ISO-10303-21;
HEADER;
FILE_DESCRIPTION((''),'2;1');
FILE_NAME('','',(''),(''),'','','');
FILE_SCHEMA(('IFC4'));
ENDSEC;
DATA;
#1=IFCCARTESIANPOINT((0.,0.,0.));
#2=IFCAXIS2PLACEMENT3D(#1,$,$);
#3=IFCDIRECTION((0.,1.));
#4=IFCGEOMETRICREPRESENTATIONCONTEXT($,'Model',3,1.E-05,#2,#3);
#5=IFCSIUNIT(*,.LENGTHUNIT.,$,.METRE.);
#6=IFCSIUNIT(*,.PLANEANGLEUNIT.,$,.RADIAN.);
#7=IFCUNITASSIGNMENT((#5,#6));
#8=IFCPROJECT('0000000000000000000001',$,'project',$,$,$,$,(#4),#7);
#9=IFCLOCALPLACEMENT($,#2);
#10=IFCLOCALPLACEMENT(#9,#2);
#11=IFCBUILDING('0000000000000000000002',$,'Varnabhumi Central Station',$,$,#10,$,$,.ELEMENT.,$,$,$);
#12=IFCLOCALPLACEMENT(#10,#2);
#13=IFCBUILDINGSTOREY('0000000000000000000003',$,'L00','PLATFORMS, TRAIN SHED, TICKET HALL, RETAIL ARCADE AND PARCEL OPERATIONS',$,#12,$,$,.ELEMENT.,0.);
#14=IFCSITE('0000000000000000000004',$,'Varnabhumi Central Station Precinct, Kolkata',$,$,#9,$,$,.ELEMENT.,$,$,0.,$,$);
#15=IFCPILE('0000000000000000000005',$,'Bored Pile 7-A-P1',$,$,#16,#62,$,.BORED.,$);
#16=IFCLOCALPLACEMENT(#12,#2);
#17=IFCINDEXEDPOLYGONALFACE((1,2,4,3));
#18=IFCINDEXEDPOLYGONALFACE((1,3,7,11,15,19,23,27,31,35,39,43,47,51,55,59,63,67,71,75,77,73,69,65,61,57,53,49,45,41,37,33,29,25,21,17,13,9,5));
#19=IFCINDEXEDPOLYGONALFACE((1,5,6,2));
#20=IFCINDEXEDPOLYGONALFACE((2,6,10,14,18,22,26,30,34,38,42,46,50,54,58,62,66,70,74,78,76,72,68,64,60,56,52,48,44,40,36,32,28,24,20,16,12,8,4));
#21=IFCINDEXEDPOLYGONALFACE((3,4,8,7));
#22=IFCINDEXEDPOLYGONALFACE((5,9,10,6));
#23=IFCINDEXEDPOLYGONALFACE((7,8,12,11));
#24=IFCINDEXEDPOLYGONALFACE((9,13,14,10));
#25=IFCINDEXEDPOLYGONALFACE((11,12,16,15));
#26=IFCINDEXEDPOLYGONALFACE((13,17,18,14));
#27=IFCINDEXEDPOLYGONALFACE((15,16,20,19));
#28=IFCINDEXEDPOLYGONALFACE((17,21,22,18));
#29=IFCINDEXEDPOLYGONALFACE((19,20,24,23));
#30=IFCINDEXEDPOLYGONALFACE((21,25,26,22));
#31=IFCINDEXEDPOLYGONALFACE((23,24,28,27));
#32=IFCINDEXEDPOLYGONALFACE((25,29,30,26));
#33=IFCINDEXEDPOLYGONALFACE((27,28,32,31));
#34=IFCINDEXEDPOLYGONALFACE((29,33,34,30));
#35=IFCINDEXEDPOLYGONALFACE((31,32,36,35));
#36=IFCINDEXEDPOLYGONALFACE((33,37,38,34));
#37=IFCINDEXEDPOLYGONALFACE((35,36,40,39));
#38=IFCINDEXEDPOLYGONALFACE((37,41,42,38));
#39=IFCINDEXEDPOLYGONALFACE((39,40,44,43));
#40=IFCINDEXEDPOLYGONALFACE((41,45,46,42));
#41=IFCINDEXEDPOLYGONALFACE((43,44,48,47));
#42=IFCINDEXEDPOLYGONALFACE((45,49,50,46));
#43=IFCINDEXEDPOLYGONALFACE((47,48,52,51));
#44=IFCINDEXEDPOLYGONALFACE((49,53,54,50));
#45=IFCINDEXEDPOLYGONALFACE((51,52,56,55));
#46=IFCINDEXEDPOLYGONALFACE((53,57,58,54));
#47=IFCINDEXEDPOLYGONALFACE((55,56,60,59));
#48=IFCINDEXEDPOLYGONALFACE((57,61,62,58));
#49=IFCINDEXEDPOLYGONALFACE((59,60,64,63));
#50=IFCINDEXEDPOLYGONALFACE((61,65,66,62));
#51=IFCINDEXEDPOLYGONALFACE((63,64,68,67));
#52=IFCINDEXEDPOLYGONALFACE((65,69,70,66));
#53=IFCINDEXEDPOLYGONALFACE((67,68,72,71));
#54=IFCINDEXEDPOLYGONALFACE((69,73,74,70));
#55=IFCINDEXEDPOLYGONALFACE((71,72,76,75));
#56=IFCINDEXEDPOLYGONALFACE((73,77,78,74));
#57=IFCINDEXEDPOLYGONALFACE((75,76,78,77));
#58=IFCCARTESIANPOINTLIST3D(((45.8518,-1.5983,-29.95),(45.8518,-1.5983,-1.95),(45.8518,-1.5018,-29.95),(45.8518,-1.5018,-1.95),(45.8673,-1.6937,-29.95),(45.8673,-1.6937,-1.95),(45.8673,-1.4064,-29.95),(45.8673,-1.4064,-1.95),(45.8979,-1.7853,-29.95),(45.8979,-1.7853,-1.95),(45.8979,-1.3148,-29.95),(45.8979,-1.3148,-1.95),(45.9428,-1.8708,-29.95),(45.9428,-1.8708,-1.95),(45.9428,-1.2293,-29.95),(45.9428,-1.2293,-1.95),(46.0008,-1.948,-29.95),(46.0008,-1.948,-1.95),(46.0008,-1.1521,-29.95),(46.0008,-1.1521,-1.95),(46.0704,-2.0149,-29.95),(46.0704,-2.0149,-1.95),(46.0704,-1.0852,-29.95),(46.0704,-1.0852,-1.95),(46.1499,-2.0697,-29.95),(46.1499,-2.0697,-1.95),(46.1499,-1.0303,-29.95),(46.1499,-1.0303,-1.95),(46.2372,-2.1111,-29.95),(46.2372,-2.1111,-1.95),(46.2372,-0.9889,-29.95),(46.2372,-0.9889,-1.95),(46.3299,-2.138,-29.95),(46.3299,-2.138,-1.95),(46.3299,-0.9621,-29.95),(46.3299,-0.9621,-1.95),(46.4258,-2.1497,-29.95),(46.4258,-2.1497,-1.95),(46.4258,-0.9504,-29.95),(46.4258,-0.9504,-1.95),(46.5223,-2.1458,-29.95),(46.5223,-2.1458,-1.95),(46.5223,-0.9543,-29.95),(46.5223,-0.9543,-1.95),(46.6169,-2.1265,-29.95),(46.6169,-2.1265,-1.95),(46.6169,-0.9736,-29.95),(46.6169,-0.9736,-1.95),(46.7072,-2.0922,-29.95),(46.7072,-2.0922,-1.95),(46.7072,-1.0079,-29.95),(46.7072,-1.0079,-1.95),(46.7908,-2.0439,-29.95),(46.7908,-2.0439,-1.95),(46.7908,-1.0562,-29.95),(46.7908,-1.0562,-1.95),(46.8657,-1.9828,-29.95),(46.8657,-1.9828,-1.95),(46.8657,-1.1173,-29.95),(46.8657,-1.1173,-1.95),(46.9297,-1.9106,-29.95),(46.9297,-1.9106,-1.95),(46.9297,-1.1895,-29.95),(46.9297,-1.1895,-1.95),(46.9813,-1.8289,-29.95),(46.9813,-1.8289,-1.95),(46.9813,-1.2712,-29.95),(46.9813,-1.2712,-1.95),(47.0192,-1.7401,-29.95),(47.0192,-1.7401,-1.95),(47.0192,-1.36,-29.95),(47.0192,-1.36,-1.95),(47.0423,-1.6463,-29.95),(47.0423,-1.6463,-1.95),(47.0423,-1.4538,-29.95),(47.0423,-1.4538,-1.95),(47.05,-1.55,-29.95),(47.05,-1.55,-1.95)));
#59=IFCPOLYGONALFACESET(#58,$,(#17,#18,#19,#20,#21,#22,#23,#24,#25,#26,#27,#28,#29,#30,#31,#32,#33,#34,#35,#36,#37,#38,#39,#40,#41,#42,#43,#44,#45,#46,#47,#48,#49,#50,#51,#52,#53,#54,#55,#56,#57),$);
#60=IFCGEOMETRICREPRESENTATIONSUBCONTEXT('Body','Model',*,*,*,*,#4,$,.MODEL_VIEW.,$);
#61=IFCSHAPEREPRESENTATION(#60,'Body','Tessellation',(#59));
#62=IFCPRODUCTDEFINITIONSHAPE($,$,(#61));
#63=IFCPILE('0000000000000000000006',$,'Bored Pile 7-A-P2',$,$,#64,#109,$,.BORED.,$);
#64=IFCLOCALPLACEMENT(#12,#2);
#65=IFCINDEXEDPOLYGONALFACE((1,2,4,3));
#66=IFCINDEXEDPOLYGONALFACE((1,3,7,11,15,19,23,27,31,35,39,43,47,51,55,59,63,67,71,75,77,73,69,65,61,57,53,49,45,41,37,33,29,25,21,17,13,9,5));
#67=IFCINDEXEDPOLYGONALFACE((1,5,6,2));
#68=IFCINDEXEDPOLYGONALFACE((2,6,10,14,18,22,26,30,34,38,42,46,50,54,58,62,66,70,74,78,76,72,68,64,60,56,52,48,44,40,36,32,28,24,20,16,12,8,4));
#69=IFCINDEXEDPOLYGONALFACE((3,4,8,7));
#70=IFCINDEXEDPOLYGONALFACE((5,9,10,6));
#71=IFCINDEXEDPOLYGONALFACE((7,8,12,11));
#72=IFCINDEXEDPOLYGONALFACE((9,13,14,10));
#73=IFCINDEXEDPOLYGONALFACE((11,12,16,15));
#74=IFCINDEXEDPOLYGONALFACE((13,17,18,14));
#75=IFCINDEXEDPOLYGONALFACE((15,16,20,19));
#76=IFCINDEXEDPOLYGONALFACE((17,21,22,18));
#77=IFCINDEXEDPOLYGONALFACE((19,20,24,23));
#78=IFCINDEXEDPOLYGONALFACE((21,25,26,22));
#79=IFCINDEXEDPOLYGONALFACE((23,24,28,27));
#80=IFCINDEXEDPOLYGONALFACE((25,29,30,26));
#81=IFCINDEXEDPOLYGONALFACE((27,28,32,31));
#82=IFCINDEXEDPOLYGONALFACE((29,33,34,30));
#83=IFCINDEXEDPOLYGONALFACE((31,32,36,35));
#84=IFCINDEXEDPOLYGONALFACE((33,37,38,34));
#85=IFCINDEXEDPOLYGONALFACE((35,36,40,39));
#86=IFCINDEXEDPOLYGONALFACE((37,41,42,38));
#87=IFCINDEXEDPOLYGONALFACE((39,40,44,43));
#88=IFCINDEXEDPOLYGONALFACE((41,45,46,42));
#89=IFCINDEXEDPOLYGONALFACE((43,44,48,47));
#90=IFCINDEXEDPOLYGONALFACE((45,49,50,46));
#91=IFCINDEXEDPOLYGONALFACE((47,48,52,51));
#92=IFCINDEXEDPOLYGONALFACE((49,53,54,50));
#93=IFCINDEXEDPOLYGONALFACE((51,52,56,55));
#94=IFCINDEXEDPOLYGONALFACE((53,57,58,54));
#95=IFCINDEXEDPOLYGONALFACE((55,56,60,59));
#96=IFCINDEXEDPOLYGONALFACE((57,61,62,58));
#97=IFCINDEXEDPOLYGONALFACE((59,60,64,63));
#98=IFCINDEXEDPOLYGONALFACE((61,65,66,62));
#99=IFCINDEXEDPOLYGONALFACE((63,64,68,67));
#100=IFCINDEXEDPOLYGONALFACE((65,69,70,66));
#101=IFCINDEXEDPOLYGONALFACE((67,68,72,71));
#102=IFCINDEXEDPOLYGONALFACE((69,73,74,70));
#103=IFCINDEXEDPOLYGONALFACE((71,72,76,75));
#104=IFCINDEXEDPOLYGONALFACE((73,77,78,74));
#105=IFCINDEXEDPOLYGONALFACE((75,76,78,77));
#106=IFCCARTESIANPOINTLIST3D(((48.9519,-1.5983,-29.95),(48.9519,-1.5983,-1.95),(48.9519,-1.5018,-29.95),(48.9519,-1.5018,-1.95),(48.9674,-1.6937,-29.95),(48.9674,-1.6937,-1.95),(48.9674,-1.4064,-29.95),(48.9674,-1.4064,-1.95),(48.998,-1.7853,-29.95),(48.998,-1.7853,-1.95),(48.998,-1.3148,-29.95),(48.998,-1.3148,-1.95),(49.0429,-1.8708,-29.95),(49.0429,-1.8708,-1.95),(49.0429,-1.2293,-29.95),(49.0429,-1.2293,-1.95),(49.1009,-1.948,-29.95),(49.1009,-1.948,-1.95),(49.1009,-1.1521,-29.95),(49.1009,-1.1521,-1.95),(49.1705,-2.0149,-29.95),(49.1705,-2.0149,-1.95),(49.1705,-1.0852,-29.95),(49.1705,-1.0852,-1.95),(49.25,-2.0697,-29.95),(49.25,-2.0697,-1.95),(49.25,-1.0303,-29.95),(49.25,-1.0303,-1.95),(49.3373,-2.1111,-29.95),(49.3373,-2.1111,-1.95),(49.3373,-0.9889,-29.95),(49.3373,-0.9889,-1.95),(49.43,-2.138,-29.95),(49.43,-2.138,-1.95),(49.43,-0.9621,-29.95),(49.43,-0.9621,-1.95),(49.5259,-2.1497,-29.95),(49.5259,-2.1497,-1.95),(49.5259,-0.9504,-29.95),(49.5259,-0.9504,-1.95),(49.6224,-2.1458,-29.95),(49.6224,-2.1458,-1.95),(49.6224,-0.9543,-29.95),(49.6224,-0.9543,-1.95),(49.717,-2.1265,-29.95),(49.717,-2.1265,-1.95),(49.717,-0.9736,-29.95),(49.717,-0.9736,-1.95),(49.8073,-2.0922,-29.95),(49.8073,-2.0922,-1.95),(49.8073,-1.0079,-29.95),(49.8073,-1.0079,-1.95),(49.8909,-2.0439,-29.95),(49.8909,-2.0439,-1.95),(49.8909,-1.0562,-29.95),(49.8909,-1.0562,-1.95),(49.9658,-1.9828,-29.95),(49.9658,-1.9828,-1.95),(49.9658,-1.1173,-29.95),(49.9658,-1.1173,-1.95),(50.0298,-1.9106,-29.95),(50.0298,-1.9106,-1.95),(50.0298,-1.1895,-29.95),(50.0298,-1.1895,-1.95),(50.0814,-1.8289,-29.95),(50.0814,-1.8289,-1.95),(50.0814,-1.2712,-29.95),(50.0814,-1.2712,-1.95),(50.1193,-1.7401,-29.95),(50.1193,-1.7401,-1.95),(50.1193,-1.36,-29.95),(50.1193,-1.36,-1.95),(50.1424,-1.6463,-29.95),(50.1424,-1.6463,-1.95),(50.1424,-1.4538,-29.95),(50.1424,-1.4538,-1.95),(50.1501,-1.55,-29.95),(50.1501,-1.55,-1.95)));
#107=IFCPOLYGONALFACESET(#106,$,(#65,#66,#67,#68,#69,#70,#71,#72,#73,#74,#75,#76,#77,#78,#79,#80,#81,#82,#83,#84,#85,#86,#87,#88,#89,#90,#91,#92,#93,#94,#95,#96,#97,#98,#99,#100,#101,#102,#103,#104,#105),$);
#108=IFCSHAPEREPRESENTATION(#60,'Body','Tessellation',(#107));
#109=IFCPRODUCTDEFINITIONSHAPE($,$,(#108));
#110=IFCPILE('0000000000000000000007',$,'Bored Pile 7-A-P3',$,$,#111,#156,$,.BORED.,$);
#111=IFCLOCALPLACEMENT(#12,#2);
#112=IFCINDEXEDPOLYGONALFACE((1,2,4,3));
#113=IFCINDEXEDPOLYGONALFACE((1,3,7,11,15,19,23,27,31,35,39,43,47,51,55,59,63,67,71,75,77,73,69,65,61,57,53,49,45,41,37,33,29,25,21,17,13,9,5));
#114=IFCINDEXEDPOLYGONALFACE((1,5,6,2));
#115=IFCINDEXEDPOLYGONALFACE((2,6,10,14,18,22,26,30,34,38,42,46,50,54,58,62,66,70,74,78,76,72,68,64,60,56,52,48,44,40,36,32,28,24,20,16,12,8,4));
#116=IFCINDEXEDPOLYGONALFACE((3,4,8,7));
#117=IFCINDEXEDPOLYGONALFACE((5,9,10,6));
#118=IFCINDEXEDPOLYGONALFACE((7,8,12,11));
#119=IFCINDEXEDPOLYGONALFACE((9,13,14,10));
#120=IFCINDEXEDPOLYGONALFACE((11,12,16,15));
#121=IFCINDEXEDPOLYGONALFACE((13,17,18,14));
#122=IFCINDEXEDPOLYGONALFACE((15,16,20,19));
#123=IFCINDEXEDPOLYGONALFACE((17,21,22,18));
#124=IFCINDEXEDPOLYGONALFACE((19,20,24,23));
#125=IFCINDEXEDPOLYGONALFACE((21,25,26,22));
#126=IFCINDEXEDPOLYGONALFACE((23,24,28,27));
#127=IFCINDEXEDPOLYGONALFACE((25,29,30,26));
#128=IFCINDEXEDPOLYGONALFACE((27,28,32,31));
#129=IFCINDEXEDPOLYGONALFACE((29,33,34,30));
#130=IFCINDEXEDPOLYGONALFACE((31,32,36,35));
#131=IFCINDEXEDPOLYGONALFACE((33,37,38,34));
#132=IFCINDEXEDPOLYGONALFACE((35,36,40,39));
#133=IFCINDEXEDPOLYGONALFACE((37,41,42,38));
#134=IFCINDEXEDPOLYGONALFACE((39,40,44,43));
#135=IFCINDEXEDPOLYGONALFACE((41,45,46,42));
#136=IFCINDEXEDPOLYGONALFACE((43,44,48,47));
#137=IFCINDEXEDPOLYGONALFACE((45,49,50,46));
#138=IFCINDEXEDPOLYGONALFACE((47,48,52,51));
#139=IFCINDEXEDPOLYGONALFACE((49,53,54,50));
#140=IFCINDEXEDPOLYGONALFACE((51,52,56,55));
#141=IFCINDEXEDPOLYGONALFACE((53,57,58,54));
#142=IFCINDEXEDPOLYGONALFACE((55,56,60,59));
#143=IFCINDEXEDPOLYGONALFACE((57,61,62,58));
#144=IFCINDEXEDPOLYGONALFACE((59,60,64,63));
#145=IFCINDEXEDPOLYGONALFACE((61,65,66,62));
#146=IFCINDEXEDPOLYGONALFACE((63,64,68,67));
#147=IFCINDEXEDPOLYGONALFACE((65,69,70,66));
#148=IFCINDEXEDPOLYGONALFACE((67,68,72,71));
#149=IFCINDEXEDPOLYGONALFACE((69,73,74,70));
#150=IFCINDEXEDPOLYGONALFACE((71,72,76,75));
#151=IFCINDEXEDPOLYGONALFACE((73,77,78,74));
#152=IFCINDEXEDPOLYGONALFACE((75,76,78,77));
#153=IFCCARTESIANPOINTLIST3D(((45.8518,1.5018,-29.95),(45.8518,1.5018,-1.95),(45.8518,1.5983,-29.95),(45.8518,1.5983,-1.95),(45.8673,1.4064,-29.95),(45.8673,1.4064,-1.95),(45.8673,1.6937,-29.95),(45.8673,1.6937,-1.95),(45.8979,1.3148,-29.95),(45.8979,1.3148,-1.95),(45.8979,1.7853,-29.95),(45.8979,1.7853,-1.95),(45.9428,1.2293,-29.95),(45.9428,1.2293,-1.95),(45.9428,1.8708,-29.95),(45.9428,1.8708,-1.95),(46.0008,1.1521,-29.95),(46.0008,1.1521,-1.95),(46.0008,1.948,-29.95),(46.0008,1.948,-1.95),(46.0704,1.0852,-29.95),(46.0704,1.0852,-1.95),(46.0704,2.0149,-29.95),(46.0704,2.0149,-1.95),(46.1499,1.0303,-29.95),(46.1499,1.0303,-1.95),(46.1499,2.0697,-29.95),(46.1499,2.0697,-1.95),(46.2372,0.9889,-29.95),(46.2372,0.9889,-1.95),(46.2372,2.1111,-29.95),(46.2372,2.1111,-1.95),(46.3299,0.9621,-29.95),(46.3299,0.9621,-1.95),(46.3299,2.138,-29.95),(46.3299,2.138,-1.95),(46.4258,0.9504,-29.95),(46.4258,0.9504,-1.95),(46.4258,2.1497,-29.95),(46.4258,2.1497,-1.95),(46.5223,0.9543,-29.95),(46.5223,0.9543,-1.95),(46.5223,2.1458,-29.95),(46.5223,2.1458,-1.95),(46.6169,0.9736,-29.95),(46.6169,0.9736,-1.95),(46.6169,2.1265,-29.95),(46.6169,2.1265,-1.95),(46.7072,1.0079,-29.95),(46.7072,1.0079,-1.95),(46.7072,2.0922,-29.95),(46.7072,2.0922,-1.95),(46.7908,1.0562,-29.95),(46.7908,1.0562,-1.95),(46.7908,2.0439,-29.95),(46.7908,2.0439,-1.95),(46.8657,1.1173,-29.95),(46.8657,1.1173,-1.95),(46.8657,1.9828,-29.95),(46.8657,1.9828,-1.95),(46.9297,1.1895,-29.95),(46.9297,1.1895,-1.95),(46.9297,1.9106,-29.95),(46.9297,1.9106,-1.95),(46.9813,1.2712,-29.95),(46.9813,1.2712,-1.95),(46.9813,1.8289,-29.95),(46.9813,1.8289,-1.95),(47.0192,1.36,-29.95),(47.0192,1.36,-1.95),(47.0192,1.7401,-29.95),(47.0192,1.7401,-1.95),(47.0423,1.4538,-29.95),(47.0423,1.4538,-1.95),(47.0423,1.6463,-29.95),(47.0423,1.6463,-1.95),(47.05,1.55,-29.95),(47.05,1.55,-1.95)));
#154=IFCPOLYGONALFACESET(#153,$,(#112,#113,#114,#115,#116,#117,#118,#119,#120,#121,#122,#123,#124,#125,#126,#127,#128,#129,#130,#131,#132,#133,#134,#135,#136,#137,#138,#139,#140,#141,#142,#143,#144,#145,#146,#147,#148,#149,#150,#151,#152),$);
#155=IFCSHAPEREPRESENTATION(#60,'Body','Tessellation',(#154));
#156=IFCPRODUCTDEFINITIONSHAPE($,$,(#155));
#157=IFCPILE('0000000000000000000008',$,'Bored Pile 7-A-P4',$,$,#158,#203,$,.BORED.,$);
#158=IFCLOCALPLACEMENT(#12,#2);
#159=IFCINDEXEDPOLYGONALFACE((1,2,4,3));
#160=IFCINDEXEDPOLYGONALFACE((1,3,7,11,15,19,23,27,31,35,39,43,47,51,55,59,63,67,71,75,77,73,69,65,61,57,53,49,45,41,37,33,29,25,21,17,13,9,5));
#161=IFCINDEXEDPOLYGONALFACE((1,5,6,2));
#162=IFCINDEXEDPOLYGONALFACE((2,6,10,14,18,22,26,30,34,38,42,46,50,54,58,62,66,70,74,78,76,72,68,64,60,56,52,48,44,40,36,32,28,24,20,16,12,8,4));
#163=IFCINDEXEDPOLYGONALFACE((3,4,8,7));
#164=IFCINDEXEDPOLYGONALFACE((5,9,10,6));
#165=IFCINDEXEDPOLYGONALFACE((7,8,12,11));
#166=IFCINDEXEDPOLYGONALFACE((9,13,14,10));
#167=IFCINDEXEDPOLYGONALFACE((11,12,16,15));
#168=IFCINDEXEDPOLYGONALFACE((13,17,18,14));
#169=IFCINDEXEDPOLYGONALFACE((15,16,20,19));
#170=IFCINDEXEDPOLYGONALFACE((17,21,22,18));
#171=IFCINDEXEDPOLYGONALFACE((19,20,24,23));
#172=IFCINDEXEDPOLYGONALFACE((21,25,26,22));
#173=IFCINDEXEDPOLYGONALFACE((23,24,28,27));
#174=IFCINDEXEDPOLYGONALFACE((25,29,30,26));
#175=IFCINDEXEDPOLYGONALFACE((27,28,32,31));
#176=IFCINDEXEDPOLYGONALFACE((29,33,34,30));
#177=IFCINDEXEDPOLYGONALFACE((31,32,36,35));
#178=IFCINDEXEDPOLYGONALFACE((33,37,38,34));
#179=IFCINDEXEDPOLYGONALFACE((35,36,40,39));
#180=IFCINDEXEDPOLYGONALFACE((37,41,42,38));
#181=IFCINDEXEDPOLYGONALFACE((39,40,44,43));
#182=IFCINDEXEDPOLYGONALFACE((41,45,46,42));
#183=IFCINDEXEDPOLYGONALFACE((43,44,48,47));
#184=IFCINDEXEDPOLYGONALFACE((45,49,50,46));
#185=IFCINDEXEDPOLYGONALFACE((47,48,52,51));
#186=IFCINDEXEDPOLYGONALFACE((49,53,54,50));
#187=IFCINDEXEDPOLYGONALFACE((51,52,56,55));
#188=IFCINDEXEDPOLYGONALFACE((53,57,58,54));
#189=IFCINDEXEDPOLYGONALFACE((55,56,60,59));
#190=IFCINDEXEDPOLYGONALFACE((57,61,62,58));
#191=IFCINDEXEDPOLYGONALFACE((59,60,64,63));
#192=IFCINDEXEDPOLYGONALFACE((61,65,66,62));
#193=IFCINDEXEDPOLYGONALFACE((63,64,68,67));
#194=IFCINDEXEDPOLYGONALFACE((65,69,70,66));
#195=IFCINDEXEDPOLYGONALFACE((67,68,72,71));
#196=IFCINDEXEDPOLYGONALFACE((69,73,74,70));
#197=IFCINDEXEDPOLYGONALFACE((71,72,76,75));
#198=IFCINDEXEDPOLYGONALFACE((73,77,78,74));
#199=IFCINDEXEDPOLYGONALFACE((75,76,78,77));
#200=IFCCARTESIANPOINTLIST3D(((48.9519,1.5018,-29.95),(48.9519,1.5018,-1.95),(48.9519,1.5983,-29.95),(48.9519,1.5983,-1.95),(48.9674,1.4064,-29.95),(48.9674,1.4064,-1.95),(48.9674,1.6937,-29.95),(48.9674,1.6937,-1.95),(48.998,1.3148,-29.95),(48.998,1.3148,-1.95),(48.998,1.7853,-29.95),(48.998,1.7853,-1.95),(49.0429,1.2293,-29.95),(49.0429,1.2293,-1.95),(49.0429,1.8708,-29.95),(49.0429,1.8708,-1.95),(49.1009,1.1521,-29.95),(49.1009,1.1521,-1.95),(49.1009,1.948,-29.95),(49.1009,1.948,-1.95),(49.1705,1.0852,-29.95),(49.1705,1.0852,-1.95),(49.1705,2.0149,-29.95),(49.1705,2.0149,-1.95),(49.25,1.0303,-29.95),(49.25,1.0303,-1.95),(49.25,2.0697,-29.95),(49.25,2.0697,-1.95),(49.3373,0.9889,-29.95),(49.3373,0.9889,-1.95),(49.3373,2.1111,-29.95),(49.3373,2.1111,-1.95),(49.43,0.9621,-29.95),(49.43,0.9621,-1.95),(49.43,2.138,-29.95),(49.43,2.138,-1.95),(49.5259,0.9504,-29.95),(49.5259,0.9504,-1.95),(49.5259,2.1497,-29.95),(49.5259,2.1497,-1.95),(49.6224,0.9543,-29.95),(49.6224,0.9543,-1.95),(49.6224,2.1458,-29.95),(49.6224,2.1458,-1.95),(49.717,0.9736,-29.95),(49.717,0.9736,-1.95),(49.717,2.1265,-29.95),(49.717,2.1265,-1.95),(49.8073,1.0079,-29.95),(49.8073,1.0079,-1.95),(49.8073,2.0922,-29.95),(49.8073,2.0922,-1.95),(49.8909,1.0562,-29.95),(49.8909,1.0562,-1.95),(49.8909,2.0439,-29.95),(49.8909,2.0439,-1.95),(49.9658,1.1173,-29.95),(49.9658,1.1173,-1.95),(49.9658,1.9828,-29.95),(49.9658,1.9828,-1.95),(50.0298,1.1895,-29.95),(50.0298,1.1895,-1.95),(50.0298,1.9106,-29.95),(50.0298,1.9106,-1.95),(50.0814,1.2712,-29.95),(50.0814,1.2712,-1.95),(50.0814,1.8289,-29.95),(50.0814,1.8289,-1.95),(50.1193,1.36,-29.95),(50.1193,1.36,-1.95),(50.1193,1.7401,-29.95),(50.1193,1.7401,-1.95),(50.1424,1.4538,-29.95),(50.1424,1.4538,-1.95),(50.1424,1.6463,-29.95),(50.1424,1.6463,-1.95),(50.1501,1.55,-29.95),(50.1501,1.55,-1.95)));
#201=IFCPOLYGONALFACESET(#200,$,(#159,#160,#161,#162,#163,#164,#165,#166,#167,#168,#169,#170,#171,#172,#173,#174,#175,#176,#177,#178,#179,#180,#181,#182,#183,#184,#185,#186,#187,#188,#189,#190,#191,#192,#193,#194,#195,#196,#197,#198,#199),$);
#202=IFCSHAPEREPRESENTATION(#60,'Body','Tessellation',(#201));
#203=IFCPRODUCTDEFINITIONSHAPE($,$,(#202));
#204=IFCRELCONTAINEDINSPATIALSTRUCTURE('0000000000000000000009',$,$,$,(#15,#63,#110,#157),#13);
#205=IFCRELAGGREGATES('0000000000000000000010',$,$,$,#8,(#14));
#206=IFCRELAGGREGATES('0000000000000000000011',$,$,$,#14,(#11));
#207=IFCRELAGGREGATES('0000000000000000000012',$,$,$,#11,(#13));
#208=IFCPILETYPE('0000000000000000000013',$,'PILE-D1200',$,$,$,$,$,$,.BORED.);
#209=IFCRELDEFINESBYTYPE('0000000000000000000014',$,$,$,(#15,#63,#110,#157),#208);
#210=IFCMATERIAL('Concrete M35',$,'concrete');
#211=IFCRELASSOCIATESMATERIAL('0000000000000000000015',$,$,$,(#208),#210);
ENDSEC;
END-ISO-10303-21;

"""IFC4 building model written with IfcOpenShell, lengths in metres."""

from ifc_helpers import new_model, si_unit, direction, frame, origin, origin_2d, place, context, subcontext, project, spatial, circle, extrude, material, material_profile, profile_set, type_object, element, save


model = new_model("IFC4")

# Units and contexts
model_context = context("Model", 3, precision=1e-05, world=origin(), true_north=direction((0.0, 1.0)))
body_context = subcontext(model_context, "Body", "Model", "MODEL_VIEW")
ifc_project = project(units=[si_unit("LENGTHUNIT", "METRE"), si_unit("PLANEANGLEUNIT", "RADIAN")], contexts=[model_context])

# Site, building, storey
site_placement = place(None, origin())
site = spatial("IfcSite", under=ifc_project, at=site_placement, Name="Varnabhumi Central Station Precinct, Kolkata", CompositionType="ELEMENT", RefElevation=0.0)
building_placement = place(site_placement, origin())
building = spatial("IfcBuilding", under=site, at=building_placement, Name="Varnabhumi Central Station", CompositionType="ELEMENT")
storey_placement = place(building_placement, origin())
storey = spatial("IfcBuildingStorey", under=building, at=storey_placement, Name="L00", Description="PLATFORMS, TRAIN SHED, TICKET HALL, RETAIL ARCADE AND PARCEL OPERATIONS", CompositionType="ELEMENT", Elevation=0.0)

# Piles
ifc_material_1 = material(Name="Concrete M35", Category="concrete")
ifc_material_profile_1 = material_profile(ifc_material_1, circle(Radius=0.6001, at=origin_2d()), Name="Concrete M35", Category="concrete")
ifc_profile_set_1 = profile_set([ifc_material_profile_1], Name="Concrete M35")
pile_type_1 = type_object("IfcPileType", Name="PILE-D1200", PredefinedType="BORED", material=ifc_profile_set_1)
for number, where, z_axis, x_axis, name in (
    (1, (46.45, -1.55, -1.95), (0.0, 0.0, -1.0), (1.0, 0.0, 0.0), "Bored Pile 7-A-P1"),
    (2, (49.55, -1.55, -1.95), (0.0, 0.0, -1.0), (1.0, 0.0, 0.0), "Bored Pile 7-A-P2"),
    (3, (46.45, 1.55, -1.95), (0.0, 0.0, -1.0), (1.0, 0.0, 0.0), "Bored Pile 7-A-P3"),
    (4, (49.55, 1.55, -1.95), (0.0, 0.0, -1.0), (1.0, 0.0, 0.0), "Bored Pile 7-A-P4"),
):
    element("IfcPile", number, at=place(storey_placement, frame(where, z_axis=z_axis, x_axis=x_axis)), inside=storey, type_object=pile_type_1, Name=name, PredefinedType="BORED", context=body_context, shape_type="SweptSolid", body=[
        extrude(circle(Radius=0.6001, at=origin_2d()), origin(), (0.0, 0.0, 1.0), 28.0),
    ])

save(model, "model.ifc")
